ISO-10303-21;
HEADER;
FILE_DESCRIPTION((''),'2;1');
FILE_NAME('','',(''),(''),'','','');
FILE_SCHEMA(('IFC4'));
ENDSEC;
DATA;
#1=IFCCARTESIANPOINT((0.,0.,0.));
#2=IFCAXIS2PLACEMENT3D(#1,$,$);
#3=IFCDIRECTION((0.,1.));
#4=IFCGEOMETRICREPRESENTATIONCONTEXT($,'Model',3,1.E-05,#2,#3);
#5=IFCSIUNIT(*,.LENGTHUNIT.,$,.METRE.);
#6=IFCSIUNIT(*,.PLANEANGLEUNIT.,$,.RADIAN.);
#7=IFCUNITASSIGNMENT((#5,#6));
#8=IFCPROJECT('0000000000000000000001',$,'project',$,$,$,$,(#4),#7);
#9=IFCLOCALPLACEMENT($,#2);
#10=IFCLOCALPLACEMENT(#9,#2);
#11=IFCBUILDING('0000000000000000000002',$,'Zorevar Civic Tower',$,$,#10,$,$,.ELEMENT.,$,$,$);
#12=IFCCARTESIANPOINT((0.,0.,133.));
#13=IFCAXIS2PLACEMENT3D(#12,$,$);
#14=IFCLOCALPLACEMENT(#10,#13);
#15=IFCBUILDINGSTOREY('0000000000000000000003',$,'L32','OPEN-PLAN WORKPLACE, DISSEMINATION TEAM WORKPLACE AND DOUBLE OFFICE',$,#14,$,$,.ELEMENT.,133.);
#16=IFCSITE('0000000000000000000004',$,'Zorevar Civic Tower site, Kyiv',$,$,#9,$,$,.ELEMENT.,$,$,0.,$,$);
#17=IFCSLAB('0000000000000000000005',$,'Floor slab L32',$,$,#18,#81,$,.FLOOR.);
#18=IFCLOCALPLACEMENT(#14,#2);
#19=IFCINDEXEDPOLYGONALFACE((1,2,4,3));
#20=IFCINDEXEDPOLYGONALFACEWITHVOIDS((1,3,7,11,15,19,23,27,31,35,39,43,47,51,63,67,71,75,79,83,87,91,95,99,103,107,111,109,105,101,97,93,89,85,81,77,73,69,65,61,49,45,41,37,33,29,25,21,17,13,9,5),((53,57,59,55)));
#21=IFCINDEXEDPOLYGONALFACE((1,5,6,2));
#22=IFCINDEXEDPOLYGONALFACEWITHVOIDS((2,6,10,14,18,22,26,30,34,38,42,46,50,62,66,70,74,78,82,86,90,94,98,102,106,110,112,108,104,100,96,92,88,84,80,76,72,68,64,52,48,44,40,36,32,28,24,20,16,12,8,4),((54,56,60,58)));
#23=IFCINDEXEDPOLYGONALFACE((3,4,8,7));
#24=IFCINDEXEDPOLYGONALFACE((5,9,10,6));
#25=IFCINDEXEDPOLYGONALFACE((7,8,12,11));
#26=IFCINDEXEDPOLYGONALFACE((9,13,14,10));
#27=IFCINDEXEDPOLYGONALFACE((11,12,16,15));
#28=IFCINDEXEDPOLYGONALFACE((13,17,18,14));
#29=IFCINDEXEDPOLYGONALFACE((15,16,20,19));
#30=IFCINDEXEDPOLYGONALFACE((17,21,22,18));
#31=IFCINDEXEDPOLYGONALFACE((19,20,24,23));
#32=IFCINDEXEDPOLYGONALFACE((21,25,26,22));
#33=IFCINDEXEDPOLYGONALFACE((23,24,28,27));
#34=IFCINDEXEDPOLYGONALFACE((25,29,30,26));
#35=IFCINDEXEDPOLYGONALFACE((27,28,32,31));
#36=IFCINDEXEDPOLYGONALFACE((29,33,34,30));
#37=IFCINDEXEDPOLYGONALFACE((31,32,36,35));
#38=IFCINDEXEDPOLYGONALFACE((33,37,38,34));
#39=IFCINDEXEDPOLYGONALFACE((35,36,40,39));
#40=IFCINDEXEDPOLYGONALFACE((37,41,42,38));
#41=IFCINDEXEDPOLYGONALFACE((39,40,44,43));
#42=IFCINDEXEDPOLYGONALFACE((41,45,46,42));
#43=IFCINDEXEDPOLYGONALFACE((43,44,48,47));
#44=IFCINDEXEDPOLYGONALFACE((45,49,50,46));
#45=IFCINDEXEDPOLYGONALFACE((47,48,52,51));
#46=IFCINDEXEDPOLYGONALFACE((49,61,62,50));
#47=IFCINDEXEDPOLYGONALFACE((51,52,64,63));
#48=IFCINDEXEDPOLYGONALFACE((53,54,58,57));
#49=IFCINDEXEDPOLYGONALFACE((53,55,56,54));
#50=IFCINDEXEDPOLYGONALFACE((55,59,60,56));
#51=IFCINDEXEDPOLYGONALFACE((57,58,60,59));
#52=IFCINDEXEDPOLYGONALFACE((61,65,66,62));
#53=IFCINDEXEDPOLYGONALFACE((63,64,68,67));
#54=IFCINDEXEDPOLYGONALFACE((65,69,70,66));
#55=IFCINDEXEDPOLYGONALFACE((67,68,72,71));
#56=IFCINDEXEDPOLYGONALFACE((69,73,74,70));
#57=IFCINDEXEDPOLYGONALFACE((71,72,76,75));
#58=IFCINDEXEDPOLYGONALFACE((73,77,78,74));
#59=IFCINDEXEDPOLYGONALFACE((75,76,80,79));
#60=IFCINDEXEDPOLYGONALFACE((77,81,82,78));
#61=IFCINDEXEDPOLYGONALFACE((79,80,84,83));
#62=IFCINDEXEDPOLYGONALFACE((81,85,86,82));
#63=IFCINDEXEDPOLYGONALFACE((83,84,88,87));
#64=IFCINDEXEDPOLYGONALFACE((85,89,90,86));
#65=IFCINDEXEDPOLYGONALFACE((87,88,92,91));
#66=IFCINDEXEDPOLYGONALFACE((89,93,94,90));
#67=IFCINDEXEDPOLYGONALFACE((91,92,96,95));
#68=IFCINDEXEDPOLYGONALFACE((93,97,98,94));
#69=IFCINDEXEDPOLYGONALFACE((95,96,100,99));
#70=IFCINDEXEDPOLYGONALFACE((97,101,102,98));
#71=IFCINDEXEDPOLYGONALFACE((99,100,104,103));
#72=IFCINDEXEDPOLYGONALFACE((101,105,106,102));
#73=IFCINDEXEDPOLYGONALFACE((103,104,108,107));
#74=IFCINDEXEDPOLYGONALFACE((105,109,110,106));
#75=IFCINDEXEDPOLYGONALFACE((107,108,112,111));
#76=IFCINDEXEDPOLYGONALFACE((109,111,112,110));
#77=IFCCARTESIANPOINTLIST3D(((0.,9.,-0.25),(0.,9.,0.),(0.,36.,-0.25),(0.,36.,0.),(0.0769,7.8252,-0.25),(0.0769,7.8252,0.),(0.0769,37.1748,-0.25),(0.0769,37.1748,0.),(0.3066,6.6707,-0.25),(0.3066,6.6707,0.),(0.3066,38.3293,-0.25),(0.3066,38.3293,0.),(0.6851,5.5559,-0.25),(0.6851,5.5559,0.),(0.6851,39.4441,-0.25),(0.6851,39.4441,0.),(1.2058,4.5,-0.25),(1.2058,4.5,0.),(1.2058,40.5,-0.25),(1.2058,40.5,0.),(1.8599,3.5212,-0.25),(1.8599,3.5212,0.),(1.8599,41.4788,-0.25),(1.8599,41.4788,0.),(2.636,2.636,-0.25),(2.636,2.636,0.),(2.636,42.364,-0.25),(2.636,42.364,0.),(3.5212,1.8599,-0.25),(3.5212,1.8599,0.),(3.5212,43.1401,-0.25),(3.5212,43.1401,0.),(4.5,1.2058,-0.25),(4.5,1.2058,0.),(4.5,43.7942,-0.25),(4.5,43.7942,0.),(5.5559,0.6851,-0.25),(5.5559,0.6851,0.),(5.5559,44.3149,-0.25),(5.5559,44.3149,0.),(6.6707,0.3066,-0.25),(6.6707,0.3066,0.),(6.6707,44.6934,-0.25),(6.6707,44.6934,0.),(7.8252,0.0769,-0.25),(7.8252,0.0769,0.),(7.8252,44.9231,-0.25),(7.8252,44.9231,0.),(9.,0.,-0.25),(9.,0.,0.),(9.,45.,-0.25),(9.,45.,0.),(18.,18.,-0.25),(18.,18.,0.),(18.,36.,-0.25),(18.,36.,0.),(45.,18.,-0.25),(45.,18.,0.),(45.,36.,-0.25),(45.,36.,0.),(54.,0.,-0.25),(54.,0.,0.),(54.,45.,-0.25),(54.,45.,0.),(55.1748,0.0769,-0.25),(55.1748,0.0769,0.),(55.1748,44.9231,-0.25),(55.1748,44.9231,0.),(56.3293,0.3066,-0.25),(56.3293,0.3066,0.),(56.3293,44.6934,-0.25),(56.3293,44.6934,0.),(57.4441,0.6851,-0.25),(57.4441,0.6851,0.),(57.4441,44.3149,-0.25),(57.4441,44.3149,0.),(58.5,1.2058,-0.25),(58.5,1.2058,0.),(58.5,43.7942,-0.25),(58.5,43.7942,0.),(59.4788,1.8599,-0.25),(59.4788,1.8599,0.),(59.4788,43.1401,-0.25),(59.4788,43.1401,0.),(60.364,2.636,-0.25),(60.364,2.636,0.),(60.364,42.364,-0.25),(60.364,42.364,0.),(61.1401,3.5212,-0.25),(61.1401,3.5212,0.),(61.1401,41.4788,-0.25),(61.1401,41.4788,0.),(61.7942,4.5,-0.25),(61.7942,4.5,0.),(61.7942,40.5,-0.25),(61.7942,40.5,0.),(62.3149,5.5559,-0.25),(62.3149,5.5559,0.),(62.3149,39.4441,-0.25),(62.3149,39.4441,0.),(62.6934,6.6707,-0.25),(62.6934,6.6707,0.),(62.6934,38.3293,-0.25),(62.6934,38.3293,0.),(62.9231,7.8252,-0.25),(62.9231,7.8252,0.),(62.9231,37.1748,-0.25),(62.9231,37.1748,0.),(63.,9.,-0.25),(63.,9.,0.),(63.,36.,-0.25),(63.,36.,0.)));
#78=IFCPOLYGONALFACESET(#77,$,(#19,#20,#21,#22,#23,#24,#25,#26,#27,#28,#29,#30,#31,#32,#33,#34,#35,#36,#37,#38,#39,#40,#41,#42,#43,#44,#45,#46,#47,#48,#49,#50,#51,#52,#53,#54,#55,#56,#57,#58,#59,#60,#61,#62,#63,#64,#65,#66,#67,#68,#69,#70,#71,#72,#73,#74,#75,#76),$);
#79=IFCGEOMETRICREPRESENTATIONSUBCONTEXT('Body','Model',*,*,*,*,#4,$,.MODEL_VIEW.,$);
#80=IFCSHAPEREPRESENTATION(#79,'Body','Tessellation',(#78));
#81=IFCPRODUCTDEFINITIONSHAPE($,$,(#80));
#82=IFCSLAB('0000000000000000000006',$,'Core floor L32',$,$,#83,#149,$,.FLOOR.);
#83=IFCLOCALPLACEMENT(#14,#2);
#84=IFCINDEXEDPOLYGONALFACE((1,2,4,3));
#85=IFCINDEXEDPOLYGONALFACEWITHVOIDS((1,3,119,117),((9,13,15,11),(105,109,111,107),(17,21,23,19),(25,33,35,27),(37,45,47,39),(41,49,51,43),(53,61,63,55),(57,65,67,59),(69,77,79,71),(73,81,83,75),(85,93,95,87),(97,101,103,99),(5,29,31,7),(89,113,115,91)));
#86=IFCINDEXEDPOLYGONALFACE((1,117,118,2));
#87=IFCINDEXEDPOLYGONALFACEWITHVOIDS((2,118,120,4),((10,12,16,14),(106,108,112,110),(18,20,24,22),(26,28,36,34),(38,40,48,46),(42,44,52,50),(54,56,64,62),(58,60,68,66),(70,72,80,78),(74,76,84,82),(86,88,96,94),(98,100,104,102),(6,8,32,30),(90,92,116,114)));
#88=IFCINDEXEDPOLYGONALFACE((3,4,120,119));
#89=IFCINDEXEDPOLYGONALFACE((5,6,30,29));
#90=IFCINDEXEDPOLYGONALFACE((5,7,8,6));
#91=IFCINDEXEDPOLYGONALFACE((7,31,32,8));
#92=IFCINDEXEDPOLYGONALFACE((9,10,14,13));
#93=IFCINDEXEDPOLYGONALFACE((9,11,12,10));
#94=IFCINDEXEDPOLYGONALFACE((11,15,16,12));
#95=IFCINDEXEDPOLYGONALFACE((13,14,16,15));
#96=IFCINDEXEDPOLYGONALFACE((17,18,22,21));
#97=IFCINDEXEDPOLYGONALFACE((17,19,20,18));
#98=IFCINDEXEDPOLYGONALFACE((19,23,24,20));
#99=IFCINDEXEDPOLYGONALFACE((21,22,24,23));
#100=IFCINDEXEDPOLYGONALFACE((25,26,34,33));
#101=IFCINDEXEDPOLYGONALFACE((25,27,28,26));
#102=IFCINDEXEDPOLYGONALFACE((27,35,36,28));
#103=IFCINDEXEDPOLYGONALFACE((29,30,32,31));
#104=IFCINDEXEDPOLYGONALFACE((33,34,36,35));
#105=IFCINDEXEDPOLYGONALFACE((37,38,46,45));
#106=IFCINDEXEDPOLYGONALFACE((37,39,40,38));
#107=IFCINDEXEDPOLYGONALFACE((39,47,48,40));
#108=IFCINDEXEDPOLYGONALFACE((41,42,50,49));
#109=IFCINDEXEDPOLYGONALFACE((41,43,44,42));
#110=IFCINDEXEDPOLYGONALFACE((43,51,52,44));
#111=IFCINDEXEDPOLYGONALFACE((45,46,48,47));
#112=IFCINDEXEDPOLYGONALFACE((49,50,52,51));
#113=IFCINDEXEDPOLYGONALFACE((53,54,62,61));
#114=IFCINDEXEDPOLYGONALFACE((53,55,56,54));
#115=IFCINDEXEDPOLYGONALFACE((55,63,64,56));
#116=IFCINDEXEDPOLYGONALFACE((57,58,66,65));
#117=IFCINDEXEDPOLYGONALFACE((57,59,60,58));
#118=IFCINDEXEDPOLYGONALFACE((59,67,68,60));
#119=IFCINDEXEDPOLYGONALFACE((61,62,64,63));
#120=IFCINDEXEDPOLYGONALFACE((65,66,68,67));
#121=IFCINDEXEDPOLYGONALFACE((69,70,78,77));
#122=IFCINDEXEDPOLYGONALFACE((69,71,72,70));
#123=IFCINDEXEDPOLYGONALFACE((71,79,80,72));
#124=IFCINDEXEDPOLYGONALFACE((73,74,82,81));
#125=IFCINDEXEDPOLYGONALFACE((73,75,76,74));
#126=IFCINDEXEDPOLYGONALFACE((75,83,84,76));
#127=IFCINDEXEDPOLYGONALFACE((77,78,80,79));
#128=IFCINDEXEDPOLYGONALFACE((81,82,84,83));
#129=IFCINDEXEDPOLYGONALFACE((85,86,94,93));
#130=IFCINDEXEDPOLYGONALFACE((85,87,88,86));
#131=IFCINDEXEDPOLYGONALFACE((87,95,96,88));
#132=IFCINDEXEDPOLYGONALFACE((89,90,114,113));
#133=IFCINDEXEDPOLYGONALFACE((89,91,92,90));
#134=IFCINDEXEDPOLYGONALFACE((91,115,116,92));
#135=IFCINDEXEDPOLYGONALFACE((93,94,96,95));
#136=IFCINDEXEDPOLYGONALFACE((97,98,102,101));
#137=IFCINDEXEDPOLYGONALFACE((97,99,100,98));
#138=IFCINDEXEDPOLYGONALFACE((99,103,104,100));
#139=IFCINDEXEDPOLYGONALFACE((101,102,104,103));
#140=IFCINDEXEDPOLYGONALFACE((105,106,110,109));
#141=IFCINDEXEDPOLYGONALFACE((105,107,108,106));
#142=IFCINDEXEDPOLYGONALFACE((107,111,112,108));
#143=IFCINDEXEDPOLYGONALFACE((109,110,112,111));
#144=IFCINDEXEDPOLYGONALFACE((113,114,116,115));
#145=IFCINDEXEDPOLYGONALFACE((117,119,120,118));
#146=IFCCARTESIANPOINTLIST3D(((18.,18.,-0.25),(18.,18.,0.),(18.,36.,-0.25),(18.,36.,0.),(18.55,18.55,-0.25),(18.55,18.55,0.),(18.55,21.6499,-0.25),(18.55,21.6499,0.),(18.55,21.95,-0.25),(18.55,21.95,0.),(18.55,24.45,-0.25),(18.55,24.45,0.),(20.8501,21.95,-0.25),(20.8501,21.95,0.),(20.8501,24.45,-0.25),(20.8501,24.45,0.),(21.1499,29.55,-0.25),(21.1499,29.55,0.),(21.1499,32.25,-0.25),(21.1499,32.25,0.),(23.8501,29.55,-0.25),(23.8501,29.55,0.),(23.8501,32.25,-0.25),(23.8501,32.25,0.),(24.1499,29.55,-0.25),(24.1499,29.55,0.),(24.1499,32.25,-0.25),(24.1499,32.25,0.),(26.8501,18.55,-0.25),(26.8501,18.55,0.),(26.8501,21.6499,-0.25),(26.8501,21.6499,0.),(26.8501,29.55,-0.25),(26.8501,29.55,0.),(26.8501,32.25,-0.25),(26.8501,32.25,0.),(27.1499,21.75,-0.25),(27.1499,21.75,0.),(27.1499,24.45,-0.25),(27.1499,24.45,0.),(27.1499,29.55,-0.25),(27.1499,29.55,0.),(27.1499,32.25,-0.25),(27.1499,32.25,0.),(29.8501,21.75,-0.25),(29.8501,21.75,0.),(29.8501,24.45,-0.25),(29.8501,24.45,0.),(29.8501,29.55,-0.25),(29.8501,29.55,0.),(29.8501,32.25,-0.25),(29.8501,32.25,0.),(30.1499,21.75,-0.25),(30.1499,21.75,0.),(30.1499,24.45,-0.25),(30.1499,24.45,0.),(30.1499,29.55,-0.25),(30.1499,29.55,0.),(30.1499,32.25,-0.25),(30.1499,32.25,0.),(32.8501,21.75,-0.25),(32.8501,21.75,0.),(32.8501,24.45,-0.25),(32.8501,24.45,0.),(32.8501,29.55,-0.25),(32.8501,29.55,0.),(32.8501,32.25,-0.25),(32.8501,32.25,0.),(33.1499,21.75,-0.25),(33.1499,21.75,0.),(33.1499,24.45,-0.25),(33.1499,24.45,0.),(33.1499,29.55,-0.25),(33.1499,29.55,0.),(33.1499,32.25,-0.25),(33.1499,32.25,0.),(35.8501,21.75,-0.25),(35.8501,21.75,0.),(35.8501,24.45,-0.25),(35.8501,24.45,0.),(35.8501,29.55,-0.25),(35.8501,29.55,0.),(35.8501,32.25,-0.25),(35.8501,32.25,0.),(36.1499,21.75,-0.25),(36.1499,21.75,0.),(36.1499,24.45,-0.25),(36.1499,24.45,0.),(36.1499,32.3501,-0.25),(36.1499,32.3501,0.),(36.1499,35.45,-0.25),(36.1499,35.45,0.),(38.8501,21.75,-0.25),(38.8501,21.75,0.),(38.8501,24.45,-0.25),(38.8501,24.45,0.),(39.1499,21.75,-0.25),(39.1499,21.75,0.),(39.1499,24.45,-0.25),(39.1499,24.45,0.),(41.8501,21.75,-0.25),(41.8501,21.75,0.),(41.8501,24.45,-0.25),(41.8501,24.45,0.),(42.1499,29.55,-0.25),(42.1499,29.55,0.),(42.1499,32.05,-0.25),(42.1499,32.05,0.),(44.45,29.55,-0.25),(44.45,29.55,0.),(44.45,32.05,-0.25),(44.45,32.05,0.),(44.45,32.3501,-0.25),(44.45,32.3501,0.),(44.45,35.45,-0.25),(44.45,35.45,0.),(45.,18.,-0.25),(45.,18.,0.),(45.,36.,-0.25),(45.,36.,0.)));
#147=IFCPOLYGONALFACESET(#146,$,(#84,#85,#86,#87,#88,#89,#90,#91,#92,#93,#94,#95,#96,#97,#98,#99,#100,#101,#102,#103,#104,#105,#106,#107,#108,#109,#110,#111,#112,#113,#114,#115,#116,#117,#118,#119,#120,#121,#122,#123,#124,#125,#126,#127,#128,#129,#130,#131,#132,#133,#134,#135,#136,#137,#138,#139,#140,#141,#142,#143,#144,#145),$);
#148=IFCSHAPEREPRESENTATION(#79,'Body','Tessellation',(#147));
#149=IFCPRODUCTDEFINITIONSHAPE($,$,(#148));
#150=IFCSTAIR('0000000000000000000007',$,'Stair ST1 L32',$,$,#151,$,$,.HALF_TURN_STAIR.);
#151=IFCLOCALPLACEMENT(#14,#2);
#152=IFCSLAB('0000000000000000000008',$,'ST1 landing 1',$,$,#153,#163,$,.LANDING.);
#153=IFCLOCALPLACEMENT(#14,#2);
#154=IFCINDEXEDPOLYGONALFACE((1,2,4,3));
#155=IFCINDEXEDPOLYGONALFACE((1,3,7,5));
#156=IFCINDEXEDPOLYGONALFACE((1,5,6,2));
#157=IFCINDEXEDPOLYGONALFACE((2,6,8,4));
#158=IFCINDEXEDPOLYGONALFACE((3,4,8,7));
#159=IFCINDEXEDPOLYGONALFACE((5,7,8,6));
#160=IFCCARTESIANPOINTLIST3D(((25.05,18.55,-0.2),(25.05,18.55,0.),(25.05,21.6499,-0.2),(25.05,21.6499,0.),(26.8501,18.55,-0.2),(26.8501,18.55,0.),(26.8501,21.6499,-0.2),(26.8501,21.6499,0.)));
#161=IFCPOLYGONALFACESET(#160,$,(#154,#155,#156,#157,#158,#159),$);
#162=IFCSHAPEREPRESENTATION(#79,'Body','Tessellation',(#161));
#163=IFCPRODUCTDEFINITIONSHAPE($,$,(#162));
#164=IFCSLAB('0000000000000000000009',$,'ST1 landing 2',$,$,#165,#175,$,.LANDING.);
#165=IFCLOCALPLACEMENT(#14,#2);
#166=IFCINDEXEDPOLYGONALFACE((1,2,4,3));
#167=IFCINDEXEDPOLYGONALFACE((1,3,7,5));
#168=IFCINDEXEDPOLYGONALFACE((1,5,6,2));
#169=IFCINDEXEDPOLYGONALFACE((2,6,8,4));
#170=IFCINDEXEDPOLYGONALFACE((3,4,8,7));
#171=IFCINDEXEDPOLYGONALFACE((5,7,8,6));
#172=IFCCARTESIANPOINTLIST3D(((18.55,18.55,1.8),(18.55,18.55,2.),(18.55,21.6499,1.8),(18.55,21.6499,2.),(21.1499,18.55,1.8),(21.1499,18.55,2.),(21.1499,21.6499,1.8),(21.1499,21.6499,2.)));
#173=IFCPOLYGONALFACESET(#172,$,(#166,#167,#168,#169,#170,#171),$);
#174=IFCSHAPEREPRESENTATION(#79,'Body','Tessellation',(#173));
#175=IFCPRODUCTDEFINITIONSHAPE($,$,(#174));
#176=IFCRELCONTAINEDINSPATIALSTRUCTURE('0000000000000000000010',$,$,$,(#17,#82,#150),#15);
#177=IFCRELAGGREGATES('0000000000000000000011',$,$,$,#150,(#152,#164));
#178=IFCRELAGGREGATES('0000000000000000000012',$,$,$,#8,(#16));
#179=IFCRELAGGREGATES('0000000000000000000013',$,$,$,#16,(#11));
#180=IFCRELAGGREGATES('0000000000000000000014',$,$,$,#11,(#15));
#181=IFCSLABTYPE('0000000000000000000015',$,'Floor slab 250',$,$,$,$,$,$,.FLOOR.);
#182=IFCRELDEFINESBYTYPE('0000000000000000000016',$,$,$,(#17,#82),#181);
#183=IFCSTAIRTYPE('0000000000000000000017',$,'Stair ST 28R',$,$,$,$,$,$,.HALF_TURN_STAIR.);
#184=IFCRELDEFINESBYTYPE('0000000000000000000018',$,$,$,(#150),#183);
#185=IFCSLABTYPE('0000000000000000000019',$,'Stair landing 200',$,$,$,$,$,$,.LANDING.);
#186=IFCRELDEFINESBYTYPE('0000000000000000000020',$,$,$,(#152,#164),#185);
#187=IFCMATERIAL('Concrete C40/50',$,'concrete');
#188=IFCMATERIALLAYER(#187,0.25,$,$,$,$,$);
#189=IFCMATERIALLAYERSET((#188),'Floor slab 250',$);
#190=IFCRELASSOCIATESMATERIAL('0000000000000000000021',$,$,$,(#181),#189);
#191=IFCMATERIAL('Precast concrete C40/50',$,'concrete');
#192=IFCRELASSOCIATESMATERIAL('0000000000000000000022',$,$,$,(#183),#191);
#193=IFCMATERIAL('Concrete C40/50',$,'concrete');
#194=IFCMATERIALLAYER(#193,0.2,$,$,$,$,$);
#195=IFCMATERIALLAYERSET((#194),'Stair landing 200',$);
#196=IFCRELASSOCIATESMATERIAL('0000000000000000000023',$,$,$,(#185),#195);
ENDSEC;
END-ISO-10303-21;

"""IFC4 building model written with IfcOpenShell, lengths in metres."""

from ifc_helpers import new_model, si_unit, direction, frame, origin, place, context, subcontext, project, spatial, polyline, outline, extrude, material, layer, layer_set, type_object, element, aggregate, save


model = new_model("IFC4")

# Units and contexts
model_context = context("Model", 3, precision=1e-05, world=origin(), true_north=direction((0.0, 1.0)))
body_context = subcontext(model_context, "Body", "Model", "MODEL_VIEW")
ifc_project = project(units=[si_unit("LENGTHUNIT", "METRE"), si_unit("PLANEANGLEUNIT", "RADIAN")], contexts=[model_context])

# Site, building, storey
site_placement = place(None, origin())
site = spatial("IfcSite", under=ifc_project, at=site_placement, Name="Zorevar Civic Tower site, Kyiv", CompositionType="ELEMENT", RefElevation=0.0)
building_placement = place(site_placement, origin())
building = spatial("IfcBuilding", under=site, at=building_placement, Name="Zorevar Civic Tower", CompositionType="ELEMENT")
storey_placement = place(building_placement, frame((0.0, 0.0, 133.0)))
storey = spatial("IfcBuildingStorey", under=building, at=storey_placement, Name="L32", Description="OPEN-PLAN WORKPLACE, DISSEMINATION TEAM WORKPLACE AND DOUBLE OFFICE", CompositionType="ELEMENT", Elevation=133.0)

# Slabs
ifc_material_1 = material(Name="Concrete C40/50", Category="concrete")
ifc_layer_1 = layer(ifc_material_1, 0.25)
ifc_layer_set_1 = layer_set([ifc_layer_1], Name="Floor slab 250")
slab_type_1 = type_object("IfcSlabType", Name="Floor slab 250", PredefinedType="FLOOR", material=ifc_layer_set_1)
slab_1_placement = place(storey_placement, frame((0.0, 0.0, -0.25)))
element("IfcSlab", 1, at=slab_1_placement, inside=storey, type_object=slab_type_1, Name="Floor slab L32", PredefinedType="FLOOR", context=body_context, shape_type="SweptSolid", body=[
    extrude(outline(polyline([(54.0, 0.0), (55.1748, 0.0769), (56.3293, 0.3066), (57.4441, 0.6851), (58.5, 1.2058), (59.4788, 1.8599), (60.364, 2.636), (61.1401, 3.5212), (61.7942, 4.5), (62.3149, 5.5559), (62.6934, 6.6707), (62.9231, 7.8252), (63.0, 9.0), (63.0, 36.0), (62.9231, 37.1748), (62.6934, 38.3293), (62.3149, 39.4441), (61.7942, 40.5), (61.1401, 41.4788), (60.364, 42.364), (59.4788, 43.1401), (58.5, 43.7942), (57.4441, 44.3149), (56.3293, 44.6934), (55.1748, 44.9231), (54.0, 45.0), (9.0, 45.0), (7.8252, 44.9231), (6.6707, 44.6934), (5.5559, 44.3149), (4.5, 43.7942), (3.5212, 43.1401), (2.636, 42.364), (1.8599, 41.4788), (1.2058, 40.5), (0.6851, 39.4441), (0.3066, 38.3293), (0.0769, 37.1748), (0.0, 36.0), (0.0, 9.0), (0.0769, 7.8252), (0.3066, 6.6707), (0.6851, 5.5559), (1.2058, 4.5), (1.8599, 3.5212), (2.636, 2.636), (3.5212, 1.8599), (4.5, 1.2058), (5.5559, 0.6851), (6.6707, 0.3066), (7.8252, 0.0769), (9.0, 0.0), (54.0, 0.0)]), holes=[polyline([(18.0, 18.0), (45.0, 18.0), (45.0, 36.0), (18.0, 36.0), (18.0, 18.0)])]), origin(), (0.0, 0.0, 1.0), 0.25),
])
slab_2_placement = place(storey_placement, frame((0.0, 0.0, -0.25)))
element("IfcSlab", 2, at=slab_2_placement, inside=storey, type_object=slab_type_1, Name="Core floor L32", PredefinedType="FLOOR", context=body_context, shape_type="SweptSolid", body=[
    extrude(outline(polyline([(18.0, 18.0), (45.0, 18.0), (45.0, 36.0), (18.0, 36.0), (18.0, 18.0)]), holes=[polyline([(18.55, 18.55), (26.8501, 18.55), (26.8501, 21.6499), (18.55, 21.6499), (18.55, 18.55)]), polyline([(36.1499, 32.3501), (44.45, 32.3501), (44.45, 35.45), (36.1499, 35.45), (36.1499, 32.3501)]), polyline([(18.55, 21.95), (20.8501, 21.95), (20.8501, 24.45), (18.55, 24.45), (18.55, 21.95)]), polyline([(42.1499, 29.55), (44.45, 29.55), (44.45, 32.05), (42.1499, 32.05), (42.1499, 29.55)]), polyline([(27.1499, 21.75), (29.8501, 21.75), (29.8501, 24.45), (27.1499, 24.45), (27.1499, 21.75)]), polyline([(33.1499, 29.55), (35.8501, 29.55), (35.8501, 32.25), (33.1499, 32.25), (33.1499, 29.55)]), polyline([(30.1499, 21.75), (32.8501, 21.75), (32.8501, 24.45), (30.1499, 24.45), (30.1499, 21.75)]), polyline([(30.1499, 29.55), (32.8501, 29.55), (32.8501, 32.25), (30.1499, 32.25), (30.1499, 29.55)]), polyline([(33.1499, 21.75), (35.8501, 21.75), (35.8501, 24.45), (33.1499, 24.45), (33.1499, 21.75)]), polyline([(27.1499, 29.55), (29.8501, 29.55), (29.8501, 32.25), (27.1499, 32.25), (27.1499, 29.55)]), polyline([(36.1499, 21.75), (38.8501, 21.75), (38.8501, 24.45), (36.1499, 24.45), (36.1499, 21.75)]), polyline([(24.1499, 29.55), (26.8501, 29.55), (26.8501, 32.25), (24.1499, 32.25), (24.1499, 29.55)]), polyline([(39.1499, 21.75), (41.8501, 21.75), (41.8501, 24.45), (39.1499, 24.45), (39.1499, 21.75)]), polyline([(21.1499, 29.55), (23.8501, 29.55), (23.8501, 32.25), (21.1499, 32.25), (21.1499, 29.55)])]), origin(), (0.0, 0.0, 1.0), 0.25),
])

# Stair, slabs
ifc_material_2 = material(Name="Precast concrete C40/50", Category="concrete")
stair_type = type_object("IfcStairType", Name="Stair ST 28R", PredefinedType="HALF_TURN_STAIR", material=ifc_material_2)
stair_1_placement = place(storey_placement, origin())
stair_1 = element("IfcStair", 3, at=stair_1_placement, inside=storey, type_object=stair_type, Name="Stair ST1 L32", PredefinedType="HALF_TURN_STAIR")
ifc_material_3 = material(Name="Concrete C40/50", Category="concrete")
ifc_layer_2 = layer(ifc_material_3, 0.2)
ifc_layer_set_2 = layer_set([ifc_layer_2], Name="Stair landing 200")
slab_type_2 = type_object("IfcSlabType", Name="Stair landing 200", PredefinedType="LANDING", material=ifc_layer_set_2)
slab_3_placement = place(storey_placement, frame((0.0, 0.0, -0.2)))
slab_3 = element("IfcSlab", 4, at=slab_3_placement, type_object=slab_type_2, Name="ST1 landing 1", PredefinedType="LANDING", context=body_context, shape_type="SweptSolid", body=[
    extrude(outline(polyline([(25.05, 18.55), (26.8501, 18.55), (26.8501, 21.6499), (25.05, 21.6499), (25.05, 18.55)])), origin(), (0.0, 0.0, 1.0), 0.2),
])
slab_4_placement = place(storey_placement, frame((0.0, 0.0, 1.8)))
slab_4 = element("IfcSlab", 5, at=slab_4_placement, type_object=slab_type_2, Name="ST1 landing 2", PredefinedType="LANDING", context=body_context, shape_type="SweptSolid", body=[
    extrude(outline(polyline([(18.55, 18.55), (21.1499, 18.55), (21.1499, 21.6499), (18.55, 21.6499), (18.55, 18.55)])), origin(), (0.0, 0.0, 1.0), 0.2),
])
aggregate(stair_1, [slab_3, slab_4])

save(model, "model.ifc")
